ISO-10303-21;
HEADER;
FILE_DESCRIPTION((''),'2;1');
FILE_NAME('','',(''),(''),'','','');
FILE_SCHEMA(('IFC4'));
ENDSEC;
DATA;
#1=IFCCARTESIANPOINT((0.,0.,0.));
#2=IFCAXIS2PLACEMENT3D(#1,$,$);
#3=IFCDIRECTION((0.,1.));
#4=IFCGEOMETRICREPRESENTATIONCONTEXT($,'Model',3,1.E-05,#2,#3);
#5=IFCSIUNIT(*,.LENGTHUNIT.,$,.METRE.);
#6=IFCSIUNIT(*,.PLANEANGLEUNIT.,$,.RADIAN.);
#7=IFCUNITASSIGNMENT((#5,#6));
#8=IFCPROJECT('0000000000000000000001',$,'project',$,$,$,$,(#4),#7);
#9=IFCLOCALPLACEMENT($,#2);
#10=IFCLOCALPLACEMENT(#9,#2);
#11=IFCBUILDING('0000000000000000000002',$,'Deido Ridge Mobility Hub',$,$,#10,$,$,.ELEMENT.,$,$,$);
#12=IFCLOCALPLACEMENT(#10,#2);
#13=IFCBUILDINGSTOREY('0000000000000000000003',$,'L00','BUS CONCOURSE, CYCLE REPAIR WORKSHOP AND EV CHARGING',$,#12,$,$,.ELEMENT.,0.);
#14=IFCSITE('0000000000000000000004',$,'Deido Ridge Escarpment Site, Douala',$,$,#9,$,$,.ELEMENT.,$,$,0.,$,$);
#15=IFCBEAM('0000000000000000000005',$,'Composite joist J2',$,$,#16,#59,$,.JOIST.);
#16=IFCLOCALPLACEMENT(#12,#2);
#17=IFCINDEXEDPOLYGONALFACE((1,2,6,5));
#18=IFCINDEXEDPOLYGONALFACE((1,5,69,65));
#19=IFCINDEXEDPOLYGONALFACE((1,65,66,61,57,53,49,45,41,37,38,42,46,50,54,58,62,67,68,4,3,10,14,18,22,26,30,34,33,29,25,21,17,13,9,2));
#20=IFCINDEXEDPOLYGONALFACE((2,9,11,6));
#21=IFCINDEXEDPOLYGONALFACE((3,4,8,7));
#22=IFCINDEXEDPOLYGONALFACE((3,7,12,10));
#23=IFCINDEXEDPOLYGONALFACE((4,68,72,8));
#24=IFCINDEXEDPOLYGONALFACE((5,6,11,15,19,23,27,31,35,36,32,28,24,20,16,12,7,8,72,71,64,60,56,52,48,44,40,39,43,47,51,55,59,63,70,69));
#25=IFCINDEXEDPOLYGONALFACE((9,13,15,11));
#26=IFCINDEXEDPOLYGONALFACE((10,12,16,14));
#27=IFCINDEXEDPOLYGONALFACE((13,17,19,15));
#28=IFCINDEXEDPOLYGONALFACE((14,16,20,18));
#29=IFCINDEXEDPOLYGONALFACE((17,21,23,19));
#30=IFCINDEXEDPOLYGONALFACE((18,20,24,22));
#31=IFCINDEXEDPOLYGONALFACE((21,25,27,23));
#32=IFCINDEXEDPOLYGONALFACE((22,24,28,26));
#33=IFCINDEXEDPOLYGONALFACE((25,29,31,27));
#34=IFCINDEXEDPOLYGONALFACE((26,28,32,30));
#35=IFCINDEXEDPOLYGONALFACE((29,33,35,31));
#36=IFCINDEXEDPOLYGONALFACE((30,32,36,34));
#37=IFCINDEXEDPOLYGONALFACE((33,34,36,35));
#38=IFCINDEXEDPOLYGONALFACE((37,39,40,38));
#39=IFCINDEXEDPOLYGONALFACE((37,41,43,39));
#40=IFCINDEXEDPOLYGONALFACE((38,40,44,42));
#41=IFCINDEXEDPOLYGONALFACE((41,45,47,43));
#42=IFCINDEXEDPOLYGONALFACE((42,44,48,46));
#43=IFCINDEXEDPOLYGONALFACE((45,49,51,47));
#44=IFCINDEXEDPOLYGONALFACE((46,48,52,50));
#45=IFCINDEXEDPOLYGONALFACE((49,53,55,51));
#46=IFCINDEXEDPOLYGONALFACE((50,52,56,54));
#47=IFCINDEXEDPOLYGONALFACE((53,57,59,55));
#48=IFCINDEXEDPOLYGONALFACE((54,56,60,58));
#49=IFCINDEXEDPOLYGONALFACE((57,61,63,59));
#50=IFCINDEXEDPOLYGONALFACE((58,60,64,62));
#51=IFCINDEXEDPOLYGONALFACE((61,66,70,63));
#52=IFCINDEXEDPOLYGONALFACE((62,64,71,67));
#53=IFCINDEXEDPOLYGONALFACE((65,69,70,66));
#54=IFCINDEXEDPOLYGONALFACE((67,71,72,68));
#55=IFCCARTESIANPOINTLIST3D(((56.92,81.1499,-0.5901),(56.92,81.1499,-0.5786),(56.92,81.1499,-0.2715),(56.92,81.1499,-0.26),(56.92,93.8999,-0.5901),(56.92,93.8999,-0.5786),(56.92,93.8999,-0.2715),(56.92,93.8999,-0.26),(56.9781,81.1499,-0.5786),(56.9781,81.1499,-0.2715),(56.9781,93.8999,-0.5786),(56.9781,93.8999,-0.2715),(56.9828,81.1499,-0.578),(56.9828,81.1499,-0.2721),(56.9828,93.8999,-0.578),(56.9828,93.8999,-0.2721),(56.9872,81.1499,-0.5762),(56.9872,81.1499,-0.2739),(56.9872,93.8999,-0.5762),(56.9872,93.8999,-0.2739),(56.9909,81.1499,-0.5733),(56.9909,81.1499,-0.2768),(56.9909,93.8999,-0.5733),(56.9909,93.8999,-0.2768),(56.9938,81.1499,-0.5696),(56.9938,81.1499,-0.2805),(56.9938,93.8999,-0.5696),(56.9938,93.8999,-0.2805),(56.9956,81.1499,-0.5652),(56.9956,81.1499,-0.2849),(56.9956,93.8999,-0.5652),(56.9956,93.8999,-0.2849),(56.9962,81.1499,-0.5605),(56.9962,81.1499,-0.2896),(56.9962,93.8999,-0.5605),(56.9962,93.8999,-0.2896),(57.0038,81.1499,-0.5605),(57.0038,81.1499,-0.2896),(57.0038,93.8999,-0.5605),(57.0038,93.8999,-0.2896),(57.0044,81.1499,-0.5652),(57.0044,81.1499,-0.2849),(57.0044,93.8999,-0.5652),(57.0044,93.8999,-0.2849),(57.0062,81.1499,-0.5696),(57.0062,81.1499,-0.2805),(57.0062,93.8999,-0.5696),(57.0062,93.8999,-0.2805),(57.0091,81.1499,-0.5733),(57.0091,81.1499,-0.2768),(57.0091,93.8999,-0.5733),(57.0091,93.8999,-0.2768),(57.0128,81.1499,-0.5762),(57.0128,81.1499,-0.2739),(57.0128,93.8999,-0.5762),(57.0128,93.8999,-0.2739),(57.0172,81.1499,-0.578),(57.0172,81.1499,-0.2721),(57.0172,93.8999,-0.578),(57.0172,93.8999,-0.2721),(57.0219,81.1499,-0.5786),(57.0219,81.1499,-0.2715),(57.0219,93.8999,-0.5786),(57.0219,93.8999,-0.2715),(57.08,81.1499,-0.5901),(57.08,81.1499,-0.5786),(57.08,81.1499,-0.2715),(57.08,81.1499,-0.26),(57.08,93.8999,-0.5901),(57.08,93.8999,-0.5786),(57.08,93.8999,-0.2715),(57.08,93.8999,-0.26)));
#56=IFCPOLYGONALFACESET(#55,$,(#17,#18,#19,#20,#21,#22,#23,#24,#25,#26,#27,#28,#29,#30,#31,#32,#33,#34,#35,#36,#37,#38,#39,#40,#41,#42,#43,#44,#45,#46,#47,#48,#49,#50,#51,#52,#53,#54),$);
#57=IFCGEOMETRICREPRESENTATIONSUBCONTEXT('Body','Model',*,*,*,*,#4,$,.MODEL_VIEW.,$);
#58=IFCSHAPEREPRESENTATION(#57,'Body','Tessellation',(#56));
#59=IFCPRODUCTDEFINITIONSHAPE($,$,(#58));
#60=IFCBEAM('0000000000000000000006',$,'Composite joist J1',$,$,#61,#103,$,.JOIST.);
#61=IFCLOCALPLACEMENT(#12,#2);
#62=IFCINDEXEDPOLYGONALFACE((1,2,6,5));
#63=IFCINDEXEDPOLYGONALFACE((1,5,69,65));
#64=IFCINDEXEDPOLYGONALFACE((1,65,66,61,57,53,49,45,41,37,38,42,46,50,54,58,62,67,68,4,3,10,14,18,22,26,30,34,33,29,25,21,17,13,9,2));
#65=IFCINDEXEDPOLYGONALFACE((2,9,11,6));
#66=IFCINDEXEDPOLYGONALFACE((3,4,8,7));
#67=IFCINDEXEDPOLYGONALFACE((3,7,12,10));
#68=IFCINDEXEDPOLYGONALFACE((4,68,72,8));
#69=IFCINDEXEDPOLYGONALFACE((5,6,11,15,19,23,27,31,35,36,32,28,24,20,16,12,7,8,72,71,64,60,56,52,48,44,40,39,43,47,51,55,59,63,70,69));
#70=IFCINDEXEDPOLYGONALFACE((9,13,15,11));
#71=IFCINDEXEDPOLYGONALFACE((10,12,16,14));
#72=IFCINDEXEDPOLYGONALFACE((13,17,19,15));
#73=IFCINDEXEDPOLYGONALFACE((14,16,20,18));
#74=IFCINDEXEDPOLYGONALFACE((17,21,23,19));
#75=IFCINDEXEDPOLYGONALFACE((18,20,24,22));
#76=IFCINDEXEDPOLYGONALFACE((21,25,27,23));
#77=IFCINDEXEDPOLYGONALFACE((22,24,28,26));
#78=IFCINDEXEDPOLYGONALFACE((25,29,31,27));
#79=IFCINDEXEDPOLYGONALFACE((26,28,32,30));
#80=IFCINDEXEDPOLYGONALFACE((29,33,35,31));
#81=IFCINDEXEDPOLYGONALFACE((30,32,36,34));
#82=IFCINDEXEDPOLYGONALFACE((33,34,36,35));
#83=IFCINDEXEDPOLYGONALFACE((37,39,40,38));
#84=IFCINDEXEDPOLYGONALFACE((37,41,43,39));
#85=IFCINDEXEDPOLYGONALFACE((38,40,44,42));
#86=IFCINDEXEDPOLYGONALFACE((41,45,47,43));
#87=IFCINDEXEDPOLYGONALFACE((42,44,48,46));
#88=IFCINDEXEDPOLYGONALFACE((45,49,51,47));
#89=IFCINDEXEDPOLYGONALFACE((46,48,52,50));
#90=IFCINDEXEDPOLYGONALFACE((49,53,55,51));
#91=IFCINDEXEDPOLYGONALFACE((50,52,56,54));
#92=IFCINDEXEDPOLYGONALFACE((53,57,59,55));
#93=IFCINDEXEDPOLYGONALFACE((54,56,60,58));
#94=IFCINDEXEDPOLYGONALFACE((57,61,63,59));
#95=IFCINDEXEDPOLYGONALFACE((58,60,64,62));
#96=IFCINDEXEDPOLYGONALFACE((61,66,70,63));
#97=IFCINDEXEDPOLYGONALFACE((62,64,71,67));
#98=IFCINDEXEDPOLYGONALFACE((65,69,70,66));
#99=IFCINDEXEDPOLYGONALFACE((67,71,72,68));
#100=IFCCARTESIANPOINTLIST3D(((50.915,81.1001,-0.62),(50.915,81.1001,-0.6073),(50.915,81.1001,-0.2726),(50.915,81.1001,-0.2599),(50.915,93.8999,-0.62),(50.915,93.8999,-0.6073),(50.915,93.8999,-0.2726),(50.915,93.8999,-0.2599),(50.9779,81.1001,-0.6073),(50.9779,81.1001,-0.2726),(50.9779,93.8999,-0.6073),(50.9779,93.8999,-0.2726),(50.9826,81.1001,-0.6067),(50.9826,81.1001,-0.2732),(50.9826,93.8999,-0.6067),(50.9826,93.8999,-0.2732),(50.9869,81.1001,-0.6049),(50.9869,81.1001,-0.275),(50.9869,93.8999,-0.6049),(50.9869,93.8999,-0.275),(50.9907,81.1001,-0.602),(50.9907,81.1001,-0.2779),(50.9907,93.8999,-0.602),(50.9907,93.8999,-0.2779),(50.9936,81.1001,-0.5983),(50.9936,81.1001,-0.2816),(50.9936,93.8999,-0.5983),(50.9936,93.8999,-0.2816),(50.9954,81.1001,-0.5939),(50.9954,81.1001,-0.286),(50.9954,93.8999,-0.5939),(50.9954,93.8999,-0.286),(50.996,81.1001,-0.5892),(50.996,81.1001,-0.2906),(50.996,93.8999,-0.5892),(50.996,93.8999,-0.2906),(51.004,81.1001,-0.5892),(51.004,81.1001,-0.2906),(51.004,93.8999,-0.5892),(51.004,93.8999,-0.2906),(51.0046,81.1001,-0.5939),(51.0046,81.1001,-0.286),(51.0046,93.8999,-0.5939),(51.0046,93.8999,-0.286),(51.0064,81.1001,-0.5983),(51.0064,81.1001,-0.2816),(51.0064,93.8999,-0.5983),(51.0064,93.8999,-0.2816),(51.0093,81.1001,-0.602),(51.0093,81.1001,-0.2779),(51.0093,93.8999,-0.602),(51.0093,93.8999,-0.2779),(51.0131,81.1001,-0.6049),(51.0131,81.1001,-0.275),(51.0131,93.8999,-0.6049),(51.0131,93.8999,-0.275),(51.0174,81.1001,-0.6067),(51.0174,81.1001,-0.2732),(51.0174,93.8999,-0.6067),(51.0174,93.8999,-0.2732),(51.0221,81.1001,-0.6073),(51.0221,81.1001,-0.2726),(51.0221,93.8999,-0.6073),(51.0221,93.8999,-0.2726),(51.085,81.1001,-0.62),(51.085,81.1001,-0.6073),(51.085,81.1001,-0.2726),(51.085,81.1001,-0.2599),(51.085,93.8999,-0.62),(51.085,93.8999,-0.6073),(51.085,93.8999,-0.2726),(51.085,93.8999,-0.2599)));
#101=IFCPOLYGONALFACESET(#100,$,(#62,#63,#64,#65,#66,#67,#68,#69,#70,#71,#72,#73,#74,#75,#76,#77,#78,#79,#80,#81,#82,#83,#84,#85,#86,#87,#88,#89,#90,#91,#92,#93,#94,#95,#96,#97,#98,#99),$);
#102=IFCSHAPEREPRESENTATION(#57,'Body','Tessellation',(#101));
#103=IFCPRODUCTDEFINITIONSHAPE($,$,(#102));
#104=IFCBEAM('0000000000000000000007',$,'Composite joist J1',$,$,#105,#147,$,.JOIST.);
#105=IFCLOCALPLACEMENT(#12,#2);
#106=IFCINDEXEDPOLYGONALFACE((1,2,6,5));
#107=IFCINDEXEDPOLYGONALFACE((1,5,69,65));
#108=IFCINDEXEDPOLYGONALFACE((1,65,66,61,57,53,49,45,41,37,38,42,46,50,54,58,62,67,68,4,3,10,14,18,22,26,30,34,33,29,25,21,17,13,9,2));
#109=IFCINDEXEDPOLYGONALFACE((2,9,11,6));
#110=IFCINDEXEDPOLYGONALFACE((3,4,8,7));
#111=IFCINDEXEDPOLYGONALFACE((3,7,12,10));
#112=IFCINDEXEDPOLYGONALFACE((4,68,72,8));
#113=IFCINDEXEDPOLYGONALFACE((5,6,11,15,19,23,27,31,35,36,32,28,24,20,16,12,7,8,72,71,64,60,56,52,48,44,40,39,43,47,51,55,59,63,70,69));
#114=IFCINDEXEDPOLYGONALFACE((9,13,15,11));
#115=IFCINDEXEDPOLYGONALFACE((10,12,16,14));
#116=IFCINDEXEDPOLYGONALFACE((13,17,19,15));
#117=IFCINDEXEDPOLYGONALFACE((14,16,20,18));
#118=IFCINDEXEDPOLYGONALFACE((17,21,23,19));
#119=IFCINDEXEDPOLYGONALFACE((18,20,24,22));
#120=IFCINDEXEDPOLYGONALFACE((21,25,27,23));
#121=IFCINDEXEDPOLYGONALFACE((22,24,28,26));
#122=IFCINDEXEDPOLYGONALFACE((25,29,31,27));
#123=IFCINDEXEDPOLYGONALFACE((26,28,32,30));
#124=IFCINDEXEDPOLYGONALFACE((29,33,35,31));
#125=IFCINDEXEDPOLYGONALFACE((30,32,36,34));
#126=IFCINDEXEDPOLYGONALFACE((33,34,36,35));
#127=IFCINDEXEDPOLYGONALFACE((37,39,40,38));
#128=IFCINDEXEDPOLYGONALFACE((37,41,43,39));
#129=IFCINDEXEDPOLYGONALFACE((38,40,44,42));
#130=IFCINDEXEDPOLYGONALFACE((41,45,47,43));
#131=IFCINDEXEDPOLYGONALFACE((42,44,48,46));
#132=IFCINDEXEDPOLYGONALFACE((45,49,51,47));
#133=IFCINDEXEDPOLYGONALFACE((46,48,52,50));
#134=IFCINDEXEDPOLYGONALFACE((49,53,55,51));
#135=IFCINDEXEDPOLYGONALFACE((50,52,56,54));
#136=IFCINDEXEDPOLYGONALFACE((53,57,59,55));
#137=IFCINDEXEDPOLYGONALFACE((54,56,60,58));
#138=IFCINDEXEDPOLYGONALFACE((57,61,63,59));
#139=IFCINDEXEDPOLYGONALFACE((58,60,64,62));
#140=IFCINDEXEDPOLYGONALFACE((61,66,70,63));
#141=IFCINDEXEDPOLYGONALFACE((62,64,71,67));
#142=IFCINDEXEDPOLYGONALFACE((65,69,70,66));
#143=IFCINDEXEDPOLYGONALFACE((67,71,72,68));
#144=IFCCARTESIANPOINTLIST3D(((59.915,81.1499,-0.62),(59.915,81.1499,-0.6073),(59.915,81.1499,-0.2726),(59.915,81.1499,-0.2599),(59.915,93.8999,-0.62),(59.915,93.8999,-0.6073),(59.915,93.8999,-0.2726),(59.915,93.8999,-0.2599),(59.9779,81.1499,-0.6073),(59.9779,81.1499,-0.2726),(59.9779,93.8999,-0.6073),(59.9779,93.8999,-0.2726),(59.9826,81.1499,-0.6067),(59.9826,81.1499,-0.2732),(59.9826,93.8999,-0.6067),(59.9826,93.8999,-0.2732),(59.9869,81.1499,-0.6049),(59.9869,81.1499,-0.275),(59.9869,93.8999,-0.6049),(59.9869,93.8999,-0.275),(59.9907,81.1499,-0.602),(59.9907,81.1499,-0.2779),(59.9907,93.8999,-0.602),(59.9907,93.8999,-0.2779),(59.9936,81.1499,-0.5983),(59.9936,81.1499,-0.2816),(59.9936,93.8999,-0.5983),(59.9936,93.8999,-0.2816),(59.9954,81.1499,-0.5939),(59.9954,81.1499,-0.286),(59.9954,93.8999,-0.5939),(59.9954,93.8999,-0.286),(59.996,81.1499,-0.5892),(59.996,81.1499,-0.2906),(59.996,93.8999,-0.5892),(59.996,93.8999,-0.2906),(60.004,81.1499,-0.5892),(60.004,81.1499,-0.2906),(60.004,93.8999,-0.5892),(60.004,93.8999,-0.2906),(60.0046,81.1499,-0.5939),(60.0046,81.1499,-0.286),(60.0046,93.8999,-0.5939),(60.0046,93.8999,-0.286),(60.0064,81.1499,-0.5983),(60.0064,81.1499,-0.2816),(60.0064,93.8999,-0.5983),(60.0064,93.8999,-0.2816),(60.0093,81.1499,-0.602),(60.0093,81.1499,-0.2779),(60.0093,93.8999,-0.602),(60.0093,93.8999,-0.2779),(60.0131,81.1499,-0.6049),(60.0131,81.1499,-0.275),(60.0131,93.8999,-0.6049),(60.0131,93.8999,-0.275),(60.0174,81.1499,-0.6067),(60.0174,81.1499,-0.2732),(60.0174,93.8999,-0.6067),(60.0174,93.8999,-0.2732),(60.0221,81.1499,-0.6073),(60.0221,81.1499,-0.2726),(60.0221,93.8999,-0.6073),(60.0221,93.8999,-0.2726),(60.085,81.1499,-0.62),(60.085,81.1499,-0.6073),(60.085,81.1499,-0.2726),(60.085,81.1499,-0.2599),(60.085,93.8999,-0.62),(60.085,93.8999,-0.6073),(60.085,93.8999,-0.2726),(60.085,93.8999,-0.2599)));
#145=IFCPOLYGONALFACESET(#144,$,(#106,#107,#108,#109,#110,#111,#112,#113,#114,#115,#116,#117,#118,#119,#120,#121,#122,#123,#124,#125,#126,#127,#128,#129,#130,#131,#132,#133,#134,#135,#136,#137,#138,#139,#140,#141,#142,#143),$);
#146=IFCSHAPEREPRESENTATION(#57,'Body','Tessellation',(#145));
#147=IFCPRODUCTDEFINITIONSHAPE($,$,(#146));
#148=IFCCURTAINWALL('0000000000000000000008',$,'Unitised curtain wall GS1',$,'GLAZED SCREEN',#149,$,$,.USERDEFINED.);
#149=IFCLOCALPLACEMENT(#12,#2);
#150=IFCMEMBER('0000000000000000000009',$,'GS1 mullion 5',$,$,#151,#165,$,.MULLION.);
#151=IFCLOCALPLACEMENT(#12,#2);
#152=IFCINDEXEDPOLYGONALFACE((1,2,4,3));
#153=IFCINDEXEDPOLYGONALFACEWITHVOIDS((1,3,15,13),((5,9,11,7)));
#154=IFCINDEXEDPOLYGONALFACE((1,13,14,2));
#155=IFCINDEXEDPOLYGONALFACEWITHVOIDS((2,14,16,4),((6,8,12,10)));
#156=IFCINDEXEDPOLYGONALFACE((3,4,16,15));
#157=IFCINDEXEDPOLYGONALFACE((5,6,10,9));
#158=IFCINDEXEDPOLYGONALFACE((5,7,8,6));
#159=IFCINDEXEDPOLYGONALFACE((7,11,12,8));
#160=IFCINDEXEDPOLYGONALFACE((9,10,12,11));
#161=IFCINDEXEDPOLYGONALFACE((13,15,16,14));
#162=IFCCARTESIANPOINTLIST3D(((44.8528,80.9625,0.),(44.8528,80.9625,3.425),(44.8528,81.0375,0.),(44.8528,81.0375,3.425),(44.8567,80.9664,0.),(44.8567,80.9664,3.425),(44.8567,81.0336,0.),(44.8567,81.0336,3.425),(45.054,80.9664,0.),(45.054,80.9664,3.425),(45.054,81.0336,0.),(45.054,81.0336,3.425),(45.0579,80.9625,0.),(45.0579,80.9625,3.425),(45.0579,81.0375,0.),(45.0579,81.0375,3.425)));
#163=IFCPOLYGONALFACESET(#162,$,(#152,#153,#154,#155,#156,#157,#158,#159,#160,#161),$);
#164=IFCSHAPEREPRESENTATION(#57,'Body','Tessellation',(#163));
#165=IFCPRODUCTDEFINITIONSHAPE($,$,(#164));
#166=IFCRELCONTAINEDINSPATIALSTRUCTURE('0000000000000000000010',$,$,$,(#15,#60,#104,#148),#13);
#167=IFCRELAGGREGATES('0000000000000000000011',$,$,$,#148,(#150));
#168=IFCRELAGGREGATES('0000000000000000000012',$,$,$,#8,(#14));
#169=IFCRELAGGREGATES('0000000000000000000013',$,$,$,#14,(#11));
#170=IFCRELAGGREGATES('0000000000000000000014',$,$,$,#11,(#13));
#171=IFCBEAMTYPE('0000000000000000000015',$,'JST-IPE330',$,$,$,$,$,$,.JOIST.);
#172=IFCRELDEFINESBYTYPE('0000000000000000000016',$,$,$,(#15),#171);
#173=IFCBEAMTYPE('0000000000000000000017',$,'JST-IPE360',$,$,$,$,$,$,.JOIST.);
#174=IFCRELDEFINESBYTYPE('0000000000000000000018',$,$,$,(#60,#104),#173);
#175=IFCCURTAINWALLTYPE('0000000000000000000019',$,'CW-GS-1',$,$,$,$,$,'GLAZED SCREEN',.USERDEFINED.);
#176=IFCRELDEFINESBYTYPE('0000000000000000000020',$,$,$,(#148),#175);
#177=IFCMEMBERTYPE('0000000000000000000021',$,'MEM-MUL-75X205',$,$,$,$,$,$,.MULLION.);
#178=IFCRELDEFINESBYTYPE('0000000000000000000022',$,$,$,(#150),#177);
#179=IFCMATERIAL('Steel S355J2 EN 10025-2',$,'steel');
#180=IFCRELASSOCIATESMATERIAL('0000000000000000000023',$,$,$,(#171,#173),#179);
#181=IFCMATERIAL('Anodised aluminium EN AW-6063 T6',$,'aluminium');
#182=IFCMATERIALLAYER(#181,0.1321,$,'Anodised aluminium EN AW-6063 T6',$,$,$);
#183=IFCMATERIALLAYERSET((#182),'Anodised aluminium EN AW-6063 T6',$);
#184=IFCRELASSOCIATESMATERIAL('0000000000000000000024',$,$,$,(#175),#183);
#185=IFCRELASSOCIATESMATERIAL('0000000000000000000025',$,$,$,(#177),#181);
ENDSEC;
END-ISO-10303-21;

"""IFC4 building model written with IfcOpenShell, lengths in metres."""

from ifc_helpers import new_model, si_unit, direction, frame, origin, origin_2d, place, context, subcontext, project, spatial, hollow_rectangle, i_section, extrude, material, layer, layer_set, material_profile, profile_set, type_object, element, aggregate, save


model = new_model("IFC4")

# Units and contexts
model_context = context("Model", 3, precision=1e-05, world=origin(), true_north=direction((0.0, 1.0)))
body_context = subcontext(model_context, "Body", "Model", "MODEL_VIEW")
ifc_project = project(units=[si_unit("LENGTHUNIT", "METRE"), si_unit("PLANEANGLEUNIT", "RADIAN")], contexts=[model_context])

# Site, building, storey
site_placement = place(None, origin())
site = spatial("IfcSite", under=ifc_project, at=site_placement, Name="Deido Ridge Escarpment Site, Douala", CompositionType="ELEMENT", RefElevation=0.0)
building_placement = place(site_placement, origin())
building = spatial("IfcBuilding", under=site, at=building_placement, Name="Deido Ridge Mobility Hub", CompositionType="ELEMENT")
storey_placement = place(building_placement, origin())
storey = spatial("IfcBuildingStorey", under=building, at=storey_placement, Name="L00", Description="BUS CONCOURSE, CYCLE REPAIR WORKSHOP AND EV CHARGING", CompositionType="ELEMENT", Elevation=0.0)

# Shared definitions
ifc_material_1 = material(Name="Steel S355J2 EN 10025-2", Category="steel")

# Beams
ifc_material_profile_1 = material_profile(ifc_material_1, i_section(OverallWidth=0.1599, OverallDepth=0.3301, WebThickness=0.0076, FlangeThickness=0.0115, FilletRadius=0.0181, at=origin_2d()), Name="IPE 330")
ifc_profile_set_1 = profile_set([ifc_material_profile_1], Name="Steel S355J2 EN 10025-2")
beam_type_1 = type_object("IfcBeamType", Name="JST-IPE330", PredefinedType="JOIST", material=ifc_profile_set_1)
beam_1_placement = place(storey_placement, frame((57.0, 81.1499, -0.425), z_axis=(0.0, 1.0, 0.0), x_axis=(-1.0, 0.0, 0.0)))
element("IfcBeam", 1, at=beam_1_placement, inside=storey, type_object=beam_type_1, Name="Composite joist J2", PredefinedType="JOIST", context=body_context, shape_type="SweptSolid", body=[
    extrude(i_section(OverallWidth=0.1599, OverallDepth=0.3301, WebThickness=0.0076, FlangeThickness=0.0115, FilletRadius=0.0181, at=origin_2d()), origin(), (0.0, 0.0, 1.0), 12.75),
])
ifc_material_profile_2 = material_profile(ifc_material_1, i_section(OverallWidth=0.1699, OverallDepth=0.3601, WebThickness=0.0081, FlangeThickness=0.0127, FilletRadius=0.0181, at=origin_2d()), Name="IPE 360")
ifc_profile_set_2 = profile_set([ifc_material_profile_2], Name="Steel S355J2 EN 10025-2")
beam_type_2 = type_object("IfcBeamType", Name="JST-IPE360", PredefinedType="JOIST", material=ifc_profile_set_2)
beam_2_placement = place(storey_placement, frame((51.0, 81.1001, -0.4399), z_axis=(0.0, 1.0, 0.0), x_axis=(-1.0, 0.0, 0.0)))
element("IfcBeam", 2, at=beam_2_placement, inside=storey, type_object=beam_type_2, Name="Composite joist J1", PredefinedType="JOIST", context=body_context, shape_type="SweptSolid", body=[
    extrude(i_section(OverallWidth=0.1699, OverallDepth=0.3601, WebThickness=0.0081, FlangeThickness=0.0127, FilletRadius=0.0181, at=origin_2d()), origin(), (0.0, 0.0, 1.0), 12.7998),
])
beam_3_placement = place(storey_placement, frame((60.0, 81.1499, -0.4399), z_axis=(0.0, 1.0, 0.0), x_axis=(-1.0, 0.0, 0.0)))
element("IfcBeam", 3, at=beam_3_placement, inside=storey, type_object=beam_type_2, Name="Composite joist J1", PredefinedType="JOIST", context=body_context, shape_type="SweptSolid", body=[
    extrude(i_section(OverallWidth=0.1699, OverallDepth=0.3601, WebThickness=0.0081, FlangeThickness=0.0127, FilletRadius=0.0181, at=origin_2d()), origin(), (0.0, 0.0, 1.0), 12.75),
])

# Curtain wall, member
ifc_material_2 = material(Name="Anodised aluminium EN AW-6063 T6", Category="aluminium")
ifc_layer_1 = layer(ifc_material_2, 0.1321, Name="Anodised aluminium EN AW-6063 T6")
ifc_layer_set_1 = layer_set([ifc_layer_1], Name="Anodised aluminium EN AW-6063 T6")
curtain_wall_type = type_object("IfcCurtainWallType", Name="CW-GS-1", ElementType="GLAZED SCREEN", PredefinedType="USERDEFINED", material=ifc_layer_set_1)
curtain_wall_placement = place(storey_placement, origin())
curtain_wall = element("IfcCurtainWall", 4, at=curtain_wall_placement, inside=storey, type_object=curtain_wall_type, Name="Unitised curtain wall GS1", ObjectType="GLAZED SCREEN", PredefinedType="USERDEFINED")
ifc_material_profile_3 = material_profile(ifc_material_2, hollow_rectangle(XDim=0.075, YDim=0.2051, WallThickness=0.0039, at=origin_2d()), Name="RHS 75x205x4")
ifc_profile_set_3 = profile_set([ifc_material_profile_3], Name="Anodised aluminium EN AW-6063 T6")
member_type = type_object("IfcMemberType", Name="MEM-MUL-75X205", PredefinedType="MULLION", material=ifc_profile_set_3)
member_placement = place(storey_placement, frame((44.9553, 81.0, 0.0), z_axis=(0.0, 0.0, 1.0), x_axis=(0.0, 1.0, 0.0)))
member = element("IfcMember", 5, at=member_placement, type_object=member_type, Name="GS1 mullion 5", PredefinedType="MULLION", context=body_context, shape_type="SweptSolid", body=[
    extrude(hollow_rectangle(XDim=0.075, YDim=0.2051, WallThickness=0.0039, at=origin_2d()), origin(), (0.0, 0.0, 1.0), 3.425),
])
aggregate(curtain_wall, [member])

save(model, "model.ifc")
